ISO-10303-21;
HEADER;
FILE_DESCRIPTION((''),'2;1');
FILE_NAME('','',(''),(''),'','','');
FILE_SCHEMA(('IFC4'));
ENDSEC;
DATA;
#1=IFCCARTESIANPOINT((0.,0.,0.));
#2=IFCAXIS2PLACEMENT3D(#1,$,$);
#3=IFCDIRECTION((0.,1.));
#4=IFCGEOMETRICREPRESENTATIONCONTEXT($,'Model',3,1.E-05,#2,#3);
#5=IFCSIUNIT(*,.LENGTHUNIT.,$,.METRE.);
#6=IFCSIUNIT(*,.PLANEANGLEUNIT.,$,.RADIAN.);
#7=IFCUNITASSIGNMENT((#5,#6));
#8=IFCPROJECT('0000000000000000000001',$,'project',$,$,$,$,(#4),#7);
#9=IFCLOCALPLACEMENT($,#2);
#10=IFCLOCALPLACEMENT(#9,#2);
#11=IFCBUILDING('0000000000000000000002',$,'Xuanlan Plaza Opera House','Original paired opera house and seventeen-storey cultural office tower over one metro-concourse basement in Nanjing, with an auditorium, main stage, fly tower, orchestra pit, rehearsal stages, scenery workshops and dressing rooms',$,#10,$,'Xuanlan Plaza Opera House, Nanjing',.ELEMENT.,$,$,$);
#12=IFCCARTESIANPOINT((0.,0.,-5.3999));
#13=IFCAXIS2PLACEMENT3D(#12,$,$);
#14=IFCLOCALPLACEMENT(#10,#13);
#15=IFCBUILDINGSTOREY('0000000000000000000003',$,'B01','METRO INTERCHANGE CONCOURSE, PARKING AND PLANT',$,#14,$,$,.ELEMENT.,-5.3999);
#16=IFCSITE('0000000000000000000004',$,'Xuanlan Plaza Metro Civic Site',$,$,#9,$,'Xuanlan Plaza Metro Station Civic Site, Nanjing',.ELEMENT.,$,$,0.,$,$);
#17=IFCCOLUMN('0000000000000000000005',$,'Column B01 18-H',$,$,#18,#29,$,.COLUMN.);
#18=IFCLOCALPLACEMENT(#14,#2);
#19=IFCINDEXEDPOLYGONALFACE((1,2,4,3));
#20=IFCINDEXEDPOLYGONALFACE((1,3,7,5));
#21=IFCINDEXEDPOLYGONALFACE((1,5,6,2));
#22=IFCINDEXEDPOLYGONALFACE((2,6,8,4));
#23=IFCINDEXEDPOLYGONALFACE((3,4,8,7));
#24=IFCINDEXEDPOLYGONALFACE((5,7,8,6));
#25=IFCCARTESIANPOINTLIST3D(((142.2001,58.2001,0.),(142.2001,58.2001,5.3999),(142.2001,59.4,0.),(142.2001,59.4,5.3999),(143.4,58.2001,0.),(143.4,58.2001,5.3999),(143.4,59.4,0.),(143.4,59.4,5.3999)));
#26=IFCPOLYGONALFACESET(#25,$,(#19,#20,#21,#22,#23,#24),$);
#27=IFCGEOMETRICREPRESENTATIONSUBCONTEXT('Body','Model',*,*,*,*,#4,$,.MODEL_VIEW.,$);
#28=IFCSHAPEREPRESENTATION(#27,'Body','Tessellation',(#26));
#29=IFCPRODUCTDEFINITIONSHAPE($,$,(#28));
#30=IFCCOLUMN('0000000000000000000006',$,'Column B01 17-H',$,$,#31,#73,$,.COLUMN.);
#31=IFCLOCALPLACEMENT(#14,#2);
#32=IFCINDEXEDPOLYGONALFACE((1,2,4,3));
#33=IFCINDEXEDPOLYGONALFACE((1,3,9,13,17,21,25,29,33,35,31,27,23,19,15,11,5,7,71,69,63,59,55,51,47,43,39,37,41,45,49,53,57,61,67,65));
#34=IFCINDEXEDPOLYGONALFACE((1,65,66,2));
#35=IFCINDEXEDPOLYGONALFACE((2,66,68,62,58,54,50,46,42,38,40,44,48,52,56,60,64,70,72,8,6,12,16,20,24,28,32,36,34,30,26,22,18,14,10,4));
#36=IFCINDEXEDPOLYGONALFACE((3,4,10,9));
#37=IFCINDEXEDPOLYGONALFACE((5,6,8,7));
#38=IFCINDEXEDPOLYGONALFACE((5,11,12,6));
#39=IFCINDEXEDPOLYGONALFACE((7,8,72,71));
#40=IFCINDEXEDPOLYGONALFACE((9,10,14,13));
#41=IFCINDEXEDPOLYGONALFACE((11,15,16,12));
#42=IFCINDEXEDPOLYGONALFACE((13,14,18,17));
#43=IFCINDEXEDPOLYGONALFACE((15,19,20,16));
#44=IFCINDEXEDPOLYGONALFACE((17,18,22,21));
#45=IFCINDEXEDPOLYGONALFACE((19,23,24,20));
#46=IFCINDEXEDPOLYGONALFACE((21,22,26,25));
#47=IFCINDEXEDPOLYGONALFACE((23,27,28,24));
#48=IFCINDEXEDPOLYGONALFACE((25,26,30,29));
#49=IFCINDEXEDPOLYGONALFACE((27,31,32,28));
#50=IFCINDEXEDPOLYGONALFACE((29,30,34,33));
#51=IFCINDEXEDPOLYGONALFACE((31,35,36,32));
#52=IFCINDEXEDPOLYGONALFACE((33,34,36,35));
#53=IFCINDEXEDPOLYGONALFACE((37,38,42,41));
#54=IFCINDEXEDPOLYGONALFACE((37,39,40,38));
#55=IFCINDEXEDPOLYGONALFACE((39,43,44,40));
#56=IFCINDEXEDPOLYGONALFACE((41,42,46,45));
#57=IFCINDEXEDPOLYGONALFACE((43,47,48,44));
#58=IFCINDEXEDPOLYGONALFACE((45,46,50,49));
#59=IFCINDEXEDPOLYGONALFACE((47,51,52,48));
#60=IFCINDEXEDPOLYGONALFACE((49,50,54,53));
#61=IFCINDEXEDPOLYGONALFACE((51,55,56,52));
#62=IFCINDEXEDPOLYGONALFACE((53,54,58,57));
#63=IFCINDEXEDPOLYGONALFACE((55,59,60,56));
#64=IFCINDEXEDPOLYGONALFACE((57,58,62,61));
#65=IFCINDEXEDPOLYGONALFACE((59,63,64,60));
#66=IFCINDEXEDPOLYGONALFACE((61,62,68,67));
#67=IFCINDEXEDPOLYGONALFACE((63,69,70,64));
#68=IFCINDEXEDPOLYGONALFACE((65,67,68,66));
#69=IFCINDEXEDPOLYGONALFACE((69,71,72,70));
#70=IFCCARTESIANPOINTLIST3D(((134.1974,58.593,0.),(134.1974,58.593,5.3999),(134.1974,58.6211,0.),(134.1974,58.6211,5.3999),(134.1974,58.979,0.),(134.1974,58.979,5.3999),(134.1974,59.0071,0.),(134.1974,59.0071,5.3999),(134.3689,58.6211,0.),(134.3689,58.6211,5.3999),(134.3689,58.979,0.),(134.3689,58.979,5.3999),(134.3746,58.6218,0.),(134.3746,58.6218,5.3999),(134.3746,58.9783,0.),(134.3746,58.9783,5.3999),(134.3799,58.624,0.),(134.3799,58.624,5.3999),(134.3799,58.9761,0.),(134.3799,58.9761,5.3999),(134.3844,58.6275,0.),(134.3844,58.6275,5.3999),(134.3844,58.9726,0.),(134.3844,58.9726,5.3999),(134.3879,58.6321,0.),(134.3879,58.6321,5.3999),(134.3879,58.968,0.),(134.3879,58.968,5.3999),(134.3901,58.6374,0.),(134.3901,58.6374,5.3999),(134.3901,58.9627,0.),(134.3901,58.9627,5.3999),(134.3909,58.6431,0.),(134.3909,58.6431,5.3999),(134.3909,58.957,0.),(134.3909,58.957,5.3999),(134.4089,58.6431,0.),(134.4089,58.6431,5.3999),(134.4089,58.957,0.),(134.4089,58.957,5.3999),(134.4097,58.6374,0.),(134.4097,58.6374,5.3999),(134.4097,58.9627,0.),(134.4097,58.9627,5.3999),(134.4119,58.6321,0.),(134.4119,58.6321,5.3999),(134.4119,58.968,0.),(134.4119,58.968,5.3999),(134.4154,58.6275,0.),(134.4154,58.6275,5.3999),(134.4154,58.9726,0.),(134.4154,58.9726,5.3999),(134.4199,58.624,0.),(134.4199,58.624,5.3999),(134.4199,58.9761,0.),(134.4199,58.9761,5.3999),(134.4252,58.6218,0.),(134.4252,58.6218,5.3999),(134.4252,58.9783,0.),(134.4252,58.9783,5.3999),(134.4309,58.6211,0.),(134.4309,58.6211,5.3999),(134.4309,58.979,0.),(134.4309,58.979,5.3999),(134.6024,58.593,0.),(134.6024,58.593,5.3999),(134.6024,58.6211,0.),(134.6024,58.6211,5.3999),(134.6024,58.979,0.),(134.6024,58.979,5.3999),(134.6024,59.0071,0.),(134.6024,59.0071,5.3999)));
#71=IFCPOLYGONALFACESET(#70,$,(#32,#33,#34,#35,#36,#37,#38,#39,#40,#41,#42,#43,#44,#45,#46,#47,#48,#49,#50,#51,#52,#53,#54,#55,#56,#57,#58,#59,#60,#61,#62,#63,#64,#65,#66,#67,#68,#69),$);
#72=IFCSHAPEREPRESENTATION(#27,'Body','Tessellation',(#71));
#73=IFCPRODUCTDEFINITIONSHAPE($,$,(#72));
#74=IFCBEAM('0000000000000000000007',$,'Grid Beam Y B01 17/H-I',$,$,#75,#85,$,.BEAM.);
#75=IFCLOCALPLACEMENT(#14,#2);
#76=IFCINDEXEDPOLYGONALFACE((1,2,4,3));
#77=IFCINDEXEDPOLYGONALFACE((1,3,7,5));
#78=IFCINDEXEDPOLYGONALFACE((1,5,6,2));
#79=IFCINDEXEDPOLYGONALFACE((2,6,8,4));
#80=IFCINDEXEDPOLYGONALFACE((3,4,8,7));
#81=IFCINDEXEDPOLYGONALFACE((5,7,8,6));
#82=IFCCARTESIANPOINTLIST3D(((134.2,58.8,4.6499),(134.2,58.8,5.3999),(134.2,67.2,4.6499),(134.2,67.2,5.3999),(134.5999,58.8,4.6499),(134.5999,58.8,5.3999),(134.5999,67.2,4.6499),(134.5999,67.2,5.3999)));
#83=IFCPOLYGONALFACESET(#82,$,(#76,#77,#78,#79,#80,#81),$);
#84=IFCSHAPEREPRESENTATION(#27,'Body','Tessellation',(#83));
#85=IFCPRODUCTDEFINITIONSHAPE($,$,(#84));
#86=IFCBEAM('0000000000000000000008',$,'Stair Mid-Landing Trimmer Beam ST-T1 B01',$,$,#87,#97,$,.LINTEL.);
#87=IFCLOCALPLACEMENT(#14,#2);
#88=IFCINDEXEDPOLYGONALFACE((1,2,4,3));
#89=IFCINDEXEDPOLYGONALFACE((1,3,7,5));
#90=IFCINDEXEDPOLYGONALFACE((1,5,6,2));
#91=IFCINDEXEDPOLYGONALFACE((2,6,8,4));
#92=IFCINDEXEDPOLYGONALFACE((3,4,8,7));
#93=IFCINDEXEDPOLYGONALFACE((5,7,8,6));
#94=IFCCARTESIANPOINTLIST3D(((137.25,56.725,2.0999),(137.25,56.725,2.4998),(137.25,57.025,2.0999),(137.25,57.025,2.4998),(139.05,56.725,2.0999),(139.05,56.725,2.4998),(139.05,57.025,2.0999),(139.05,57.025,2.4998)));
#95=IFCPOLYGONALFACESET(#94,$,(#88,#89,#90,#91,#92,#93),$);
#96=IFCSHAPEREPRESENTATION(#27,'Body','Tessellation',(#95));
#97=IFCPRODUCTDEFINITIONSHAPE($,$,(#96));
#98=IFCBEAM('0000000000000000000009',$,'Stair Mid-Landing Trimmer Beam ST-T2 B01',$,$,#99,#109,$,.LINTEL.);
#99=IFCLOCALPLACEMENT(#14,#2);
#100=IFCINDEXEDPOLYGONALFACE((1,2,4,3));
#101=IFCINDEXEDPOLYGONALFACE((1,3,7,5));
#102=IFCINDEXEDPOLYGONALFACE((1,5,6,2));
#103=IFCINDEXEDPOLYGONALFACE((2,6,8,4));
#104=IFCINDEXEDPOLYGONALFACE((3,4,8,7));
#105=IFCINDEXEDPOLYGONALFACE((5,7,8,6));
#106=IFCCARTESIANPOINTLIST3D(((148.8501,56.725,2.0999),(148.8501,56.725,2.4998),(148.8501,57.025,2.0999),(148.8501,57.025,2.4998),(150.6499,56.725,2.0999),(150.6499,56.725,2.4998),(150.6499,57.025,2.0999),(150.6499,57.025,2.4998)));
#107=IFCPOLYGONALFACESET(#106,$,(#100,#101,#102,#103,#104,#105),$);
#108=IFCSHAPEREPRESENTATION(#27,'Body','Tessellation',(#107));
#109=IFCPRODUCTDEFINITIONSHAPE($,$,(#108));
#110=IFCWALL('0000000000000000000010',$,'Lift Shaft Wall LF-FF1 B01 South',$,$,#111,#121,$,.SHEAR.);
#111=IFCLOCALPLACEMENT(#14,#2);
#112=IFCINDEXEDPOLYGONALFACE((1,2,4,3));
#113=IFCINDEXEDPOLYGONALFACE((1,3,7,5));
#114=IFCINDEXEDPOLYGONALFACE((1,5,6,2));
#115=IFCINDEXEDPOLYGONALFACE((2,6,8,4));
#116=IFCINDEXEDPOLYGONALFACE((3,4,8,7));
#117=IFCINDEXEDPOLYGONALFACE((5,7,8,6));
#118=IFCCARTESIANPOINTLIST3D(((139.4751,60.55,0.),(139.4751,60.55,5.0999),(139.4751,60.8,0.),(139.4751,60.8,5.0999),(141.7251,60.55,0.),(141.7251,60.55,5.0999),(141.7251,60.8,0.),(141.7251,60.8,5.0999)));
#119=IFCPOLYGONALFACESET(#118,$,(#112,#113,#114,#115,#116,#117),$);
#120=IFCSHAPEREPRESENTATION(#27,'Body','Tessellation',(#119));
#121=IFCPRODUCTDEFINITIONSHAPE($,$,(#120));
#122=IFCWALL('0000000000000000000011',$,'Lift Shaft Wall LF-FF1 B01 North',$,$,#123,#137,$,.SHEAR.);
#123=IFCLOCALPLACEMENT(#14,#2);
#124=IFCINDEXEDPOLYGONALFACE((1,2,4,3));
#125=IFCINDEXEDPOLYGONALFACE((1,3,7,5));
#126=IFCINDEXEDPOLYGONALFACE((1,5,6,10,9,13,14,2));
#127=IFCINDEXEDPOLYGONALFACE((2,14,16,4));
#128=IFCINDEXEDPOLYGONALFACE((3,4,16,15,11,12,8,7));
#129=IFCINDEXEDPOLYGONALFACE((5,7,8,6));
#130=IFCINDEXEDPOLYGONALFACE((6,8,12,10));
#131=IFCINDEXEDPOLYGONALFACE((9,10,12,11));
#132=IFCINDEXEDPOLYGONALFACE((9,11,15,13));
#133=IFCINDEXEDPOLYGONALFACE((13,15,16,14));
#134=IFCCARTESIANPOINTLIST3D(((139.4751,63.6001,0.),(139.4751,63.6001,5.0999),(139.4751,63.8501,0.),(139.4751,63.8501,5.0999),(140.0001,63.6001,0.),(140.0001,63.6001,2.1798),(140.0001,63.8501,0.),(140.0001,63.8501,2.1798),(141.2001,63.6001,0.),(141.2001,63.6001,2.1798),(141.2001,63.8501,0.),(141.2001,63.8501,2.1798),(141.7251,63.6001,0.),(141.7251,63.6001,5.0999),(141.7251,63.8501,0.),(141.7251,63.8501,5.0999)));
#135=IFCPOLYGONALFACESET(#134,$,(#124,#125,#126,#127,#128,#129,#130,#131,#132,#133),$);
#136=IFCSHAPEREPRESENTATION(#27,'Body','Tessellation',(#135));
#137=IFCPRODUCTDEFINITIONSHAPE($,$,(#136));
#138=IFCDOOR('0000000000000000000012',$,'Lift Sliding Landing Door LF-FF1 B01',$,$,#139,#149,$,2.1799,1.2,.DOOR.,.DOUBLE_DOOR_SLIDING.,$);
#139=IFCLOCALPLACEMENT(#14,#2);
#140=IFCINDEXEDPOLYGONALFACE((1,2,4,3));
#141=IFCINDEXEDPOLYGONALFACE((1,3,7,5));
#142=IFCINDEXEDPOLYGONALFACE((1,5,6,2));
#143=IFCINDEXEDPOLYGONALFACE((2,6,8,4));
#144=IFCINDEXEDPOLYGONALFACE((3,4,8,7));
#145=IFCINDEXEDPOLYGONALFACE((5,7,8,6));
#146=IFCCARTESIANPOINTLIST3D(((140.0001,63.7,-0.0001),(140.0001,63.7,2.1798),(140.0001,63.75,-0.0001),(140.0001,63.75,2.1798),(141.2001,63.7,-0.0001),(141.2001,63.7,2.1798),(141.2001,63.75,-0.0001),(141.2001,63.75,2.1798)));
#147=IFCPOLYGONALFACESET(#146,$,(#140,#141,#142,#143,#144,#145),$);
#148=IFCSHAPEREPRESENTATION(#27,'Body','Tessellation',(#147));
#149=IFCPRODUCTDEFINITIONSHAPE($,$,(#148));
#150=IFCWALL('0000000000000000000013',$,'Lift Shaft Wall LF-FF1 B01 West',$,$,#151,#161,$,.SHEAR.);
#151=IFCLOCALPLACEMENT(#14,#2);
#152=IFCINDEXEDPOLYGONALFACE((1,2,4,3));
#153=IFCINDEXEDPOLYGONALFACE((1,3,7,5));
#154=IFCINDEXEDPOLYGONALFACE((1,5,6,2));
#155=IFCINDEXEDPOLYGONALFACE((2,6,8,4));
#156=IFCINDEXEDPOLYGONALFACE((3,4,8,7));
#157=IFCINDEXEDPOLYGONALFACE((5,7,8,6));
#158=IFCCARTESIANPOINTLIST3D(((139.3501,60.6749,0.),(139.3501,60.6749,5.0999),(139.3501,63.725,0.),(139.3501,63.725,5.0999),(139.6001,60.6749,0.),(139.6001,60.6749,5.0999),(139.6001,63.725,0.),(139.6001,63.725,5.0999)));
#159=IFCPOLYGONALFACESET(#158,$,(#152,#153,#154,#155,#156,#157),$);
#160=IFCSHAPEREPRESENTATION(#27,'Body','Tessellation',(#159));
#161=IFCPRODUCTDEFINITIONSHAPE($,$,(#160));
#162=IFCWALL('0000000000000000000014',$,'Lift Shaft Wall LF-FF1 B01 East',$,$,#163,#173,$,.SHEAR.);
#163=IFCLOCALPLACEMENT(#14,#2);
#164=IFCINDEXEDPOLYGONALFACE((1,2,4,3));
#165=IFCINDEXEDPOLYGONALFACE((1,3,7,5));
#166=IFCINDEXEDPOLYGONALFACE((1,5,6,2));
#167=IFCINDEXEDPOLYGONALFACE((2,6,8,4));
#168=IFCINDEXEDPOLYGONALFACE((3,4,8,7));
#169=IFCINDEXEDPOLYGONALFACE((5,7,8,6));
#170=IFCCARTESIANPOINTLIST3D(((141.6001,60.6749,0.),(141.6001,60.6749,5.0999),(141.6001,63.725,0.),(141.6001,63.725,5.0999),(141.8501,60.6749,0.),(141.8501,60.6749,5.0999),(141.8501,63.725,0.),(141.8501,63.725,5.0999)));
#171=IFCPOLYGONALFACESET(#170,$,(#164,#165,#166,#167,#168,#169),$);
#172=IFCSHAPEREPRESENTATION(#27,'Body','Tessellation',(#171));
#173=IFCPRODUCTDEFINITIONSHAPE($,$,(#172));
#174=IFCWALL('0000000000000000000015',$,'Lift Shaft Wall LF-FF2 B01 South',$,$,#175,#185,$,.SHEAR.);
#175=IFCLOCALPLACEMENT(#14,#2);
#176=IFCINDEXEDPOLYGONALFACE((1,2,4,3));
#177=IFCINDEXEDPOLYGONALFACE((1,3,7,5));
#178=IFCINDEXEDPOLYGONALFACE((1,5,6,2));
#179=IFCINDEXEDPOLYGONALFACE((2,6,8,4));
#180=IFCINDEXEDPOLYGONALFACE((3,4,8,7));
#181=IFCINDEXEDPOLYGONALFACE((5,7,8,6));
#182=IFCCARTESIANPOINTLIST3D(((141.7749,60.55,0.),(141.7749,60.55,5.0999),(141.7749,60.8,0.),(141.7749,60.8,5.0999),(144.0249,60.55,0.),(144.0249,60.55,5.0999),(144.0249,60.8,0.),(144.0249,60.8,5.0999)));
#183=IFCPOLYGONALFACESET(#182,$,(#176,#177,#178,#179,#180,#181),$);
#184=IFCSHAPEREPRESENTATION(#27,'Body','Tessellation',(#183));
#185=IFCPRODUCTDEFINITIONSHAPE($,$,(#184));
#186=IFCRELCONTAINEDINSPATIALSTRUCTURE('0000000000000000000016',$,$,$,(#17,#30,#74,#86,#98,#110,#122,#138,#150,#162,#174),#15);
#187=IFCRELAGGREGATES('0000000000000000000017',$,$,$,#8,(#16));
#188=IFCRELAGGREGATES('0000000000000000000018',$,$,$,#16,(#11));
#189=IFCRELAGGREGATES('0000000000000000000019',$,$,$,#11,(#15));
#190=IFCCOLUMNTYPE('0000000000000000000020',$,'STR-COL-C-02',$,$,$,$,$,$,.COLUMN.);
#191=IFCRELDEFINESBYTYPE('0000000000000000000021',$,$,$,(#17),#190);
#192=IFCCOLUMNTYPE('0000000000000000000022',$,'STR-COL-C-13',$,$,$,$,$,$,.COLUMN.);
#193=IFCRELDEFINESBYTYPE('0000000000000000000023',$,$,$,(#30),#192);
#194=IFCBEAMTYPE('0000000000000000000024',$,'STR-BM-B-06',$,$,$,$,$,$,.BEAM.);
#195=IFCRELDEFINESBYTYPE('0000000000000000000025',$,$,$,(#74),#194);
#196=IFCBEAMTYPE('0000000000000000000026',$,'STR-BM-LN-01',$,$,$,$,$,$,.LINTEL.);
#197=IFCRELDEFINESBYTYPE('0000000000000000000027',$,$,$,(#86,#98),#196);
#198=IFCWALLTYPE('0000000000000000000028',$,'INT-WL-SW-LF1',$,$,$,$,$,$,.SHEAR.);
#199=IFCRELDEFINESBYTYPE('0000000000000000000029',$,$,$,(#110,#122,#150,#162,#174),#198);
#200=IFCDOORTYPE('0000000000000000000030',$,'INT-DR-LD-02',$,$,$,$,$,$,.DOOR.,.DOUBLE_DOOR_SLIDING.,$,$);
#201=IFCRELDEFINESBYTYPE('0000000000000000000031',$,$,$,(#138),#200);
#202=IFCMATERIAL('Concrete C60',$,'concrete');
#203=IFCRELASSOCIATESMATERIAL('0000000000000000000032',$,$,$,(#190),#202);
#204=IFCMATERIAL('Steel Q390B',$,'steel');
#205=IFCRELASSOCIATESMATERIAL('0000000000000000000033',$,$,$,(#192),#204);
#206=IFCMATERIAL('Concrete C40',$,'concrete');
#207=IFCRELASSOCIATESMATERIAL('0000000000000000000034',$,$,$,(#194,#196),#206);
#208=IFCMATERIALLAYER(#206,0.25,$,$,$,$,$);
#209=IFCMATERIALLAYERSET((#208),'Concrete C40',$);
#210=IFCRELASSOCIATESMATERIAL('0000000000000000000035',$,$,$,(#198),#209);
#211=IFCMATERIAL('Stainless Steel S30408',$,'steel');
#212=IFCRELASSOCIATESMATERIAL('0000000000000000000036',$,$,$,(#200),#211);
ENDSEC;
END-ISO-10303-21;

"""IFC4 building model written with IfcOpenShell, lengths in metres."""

from ifc_helpers import new_model, si_unit, direction, frame, frame_2d, origin, origin_2d, place, context, subcontext, project, spatial, rectangle, i_section, extrude, material, layer, layer_set, material_profile, profile_set, type_object, element, fill, save


model = new_model("IFC4")

# Units and contexts
model_context = context("Model", 3, precision=1e-05, world=origin(), true_north=direction((0.0, 1.0)))
body_context = subcontext(model_context, "Body", "Model", "MODEL_VIEW")
ifc_project = project(units=[si_unit("LENGTHUNIT", "METRE"), si_unit("PLANEANGLEUNIT", "RADIAN")], contexts=[model_context])

# Site, building, storey
site_placement = place(None, origin())
site = spatial("IfcSite", under=ifc_project, at=site_placement, Name="Xuanlan Plaza Metro Civic Site", LongName="Xuanlan Plaza Metro Station Civic Site, Nanjing", CompositionType="ELEMENT", RefElevation=0.0)
building_placement = place(site_placement, origin())
building = spatial("IfcBuilding", under=site, at=building_placement, Name="Xuanlan Plaza Opera House", Description="Original paired opera house and seventeen-storey cultural office tower over one metro-concourse basement in Nanjing, with an auditorium, main stage, fly tower, orchestra pit, rehearsal stages, scenery workshops and dressing rooms", LongName="Xuanlan Plaza Opera House, Nanjing", CompositionType="ELEMENT")
storey_placement = place(building_placement, frame((0.0, 0.0, -5.3999)))
storey = spatial("IfcBuildingStorey", under=building, at=storey_placement, Name="B01", Description="METRO INTERCHANGE CONCOURSE, PARKING AND PLANT", CompositionType="ELEMENT", Elevation=-5.3999)

# Shared definitions
ifc_material_1 = material(Name="Concrete C40", Category="concrete")

# Columns
ifc_material_2 = material(Name="Concrete C60", Category="concrete")
ifc_material_profile_1 = material_profile(ifc_material_2, rectangle(XDim=1.2, YDim=1.2, at=origin_2d()), Name="RC-COL 1200x1200")
ifc_profile_set_1 = profile_set([ifc_material_profile_1], Name="Concrete C60")
column_type_1 = type_object("IfcColumnType", Name="STR-COL-C-02", PredefinedType="COLUMN", material=ifc_profile_set_1)
column_1_placement = place(storey_placement, frame((142.8, 58.8, 0.0), z_axis=(0.0, 0.0, 1.0), x_axis=(1.0, 0.0, 0.0)))
element("IfcColumn", 1, at=column_1_placement, inside=storey, type_object=column_type_1, Name="Column B01 18-H", PredefinedType="COLUMN", context=body_context, shape_type="SweptSolid", body=[
    extrude(rectangle(XDim=1.2, YDim=1.2, at=origin_2d()), origin(), (0.0, 0.0, 1.0), 5.3999),
])
ifc_material_3 = material(Name="Steel Q390B", Category="steel")
ifc_material_profile_2 = material_profile(ifc_material_3, i_section(OverallWidth=0.405, OverallDepth=0.4141, WebThickness=0.0181, FlangeThickness=0.0281, FilletRadius=0.022, at=origin_2d()), Name="HW 414x405x18x28")
ifc_profile_set_2 = profile_set([ifc_material_profile_2], Name="Steel Q390B")
column_type_2 = type_object("IfcColumnType", Name="STR-COL-C-13", PredefinedType="COLUMN", material=ifc_profile_set_2)
column_2_placement = place(storey_placement, frame((134.3999, 58.8, 0.0), z_axis=(0.0, 0.0, 1.0), x_axis=(1.0, 0.0, 0.0)))
element("IfcColumn", 2, at=column_2_placement, inside=storey, type_object=column_type_2, Name="Column B01 17-H", PredefinedType="COLUMN", context=body_context, shape_type="SweptSolid", body=[
    extrude(i_section(OverallWidth=0.405, OverallDepth=0.4141, WebThickness=0.0181, FlangeThickness=0.0281, FilletRadius=0.022, at=origin_2d()), origin(), (0.0, 0.0, 1.0), 5.3999),
])

# Beams
ifc_material_profile_3 = material_profile(ifc_material_1, rectangle(XDim=0.3999, YDim=0.75, at=origin_2d()), Name="RC-BM 400x750")
ifc_profile_set_3 = profile_set([ifc_material_profile_3], Name="Concrete C40")
beam_type_1 = type_object("IfcBeamType", Name="STR-BM-B-06", PredefinedType="BEAM", material=ifc_profile_set_3)
beam_1_placement = place(storey_placement, frame((134.3999, 58.8, 5.0249), z_axis=(0.0, 1.0, 0.0), x_axis=(-1.0, 0.0, 0.0)))
element("IfcBeam", 3, at=beam_1_placement, inside=storey, type_object=beam_type_1, Name="Grid Beam Y B01 17/H-I", PredefinedType="BEAM", context=body_context, shape_type="SweptSolid", body=[
    extrude(rectangle(XDim=0.3999, YDim=0.75, at=origin_2d()), origin(), (0.0, 0.0, 1.0), 8.3999),
])
ifc_material_profile_4 = material_profile(ifc_material_1, rectangle(XDim=0.3, YDim=0.3999, at=origin_2d()), Name="RC-LNT 300x400")
ifc_profile_set_4 = profile_set([ifc_material_profile_4], Name="Concrete C40")
beam_type_2 = type_object("IfcBeamType", Name="STR-BM-LN-01", PredefinedType="LINTEL", material=ifc_profile_set_4)
beam_2_placement = place(storey_placement, frame((137.25, 56.875, 2.2998), z_axis=(1.0, 0.0, 0.0), x_axis=(0.0, 1.0, 0.0)))
element("IfcBeam", 4, at=beam_2_placement, inside=storey, type_object=beam_type_2, Name="Stair Mid-Landing Trimmer Beam ST-T1 B01", PredefinedType="LINTEL", context=body_context, shape_type="SweptSolid", body=[
    extrude(rectangle(XDim=0.3, YDim=0.3999, at=origin_2d()), origin(), (0.0, 0.0, 1.0), 1.8),
])
beam_3_placement = place(storey_placement, frame((148.8501, 56.875, 2.2998), z_axis=(1.0, 0.0, 0.0), x_axis=(0.0, 1.0, 0.0)))
element("IfcBeam", 5, at=beam_3_placement, inside=storey, type_object=beam_type_2, Name="Stair Mid-Landing Trimmer Beam ST-T2 B01", PredefinedType="LINTEL", context=body_context, shape_type="SweptSolid", body=[
    extrude(rectangle(XDim=0.3, YDim=0.3999, at=origin_2d()), origin(), (0.0, 0.0, 1.0), 1.7998),
])

# Wall
ifc_layer_1 = layer(ifc_material_1, 0.25)
ifc_layer_set_1 = layer_set([ifc_layer_1], Name="Concrete C40")
wall_type_1 = type_object("IfcWallType", Name="INT-WL-SW-LF1", PredefinedType="SHEAR", material=ifc_layer_set_1)
wall_1_placement = place(storey_placement, frame((139.4751, 60.675, 0.0), z_axis=(0.0, 0.0, 1.0), x_axis=(1.0, 0.0, 0.0)))
element("IfcWall", 6, at=wall_1_placement, inside=storey, type_object=wall_type_1, Name="Lift Shaft Wall LF-FF1 B01 South", PredefinedType="SHEAR", context=body_context, shape_type="SweptSolid", body=[
    extrude(rectangle(XDim=2.25, YDim=0.25, at=frame_2d((1.125, 0.0))), origin(), (0.0, 0.0, 1.0), 5.0999),
])

# Wall, opening, door
wall_2_placement = place(storey_placement, frame((139.4751, 63.7251, 0.0), z_axis=(0.0, 0.0, 1.0), x_axis=(1.0, 0.0, 0.0)))
wall_2 = element("IfcWall", 7, at=wall_2_placement, inside=storey, type_object=wall_type_1, Name="Lift Shaft Wall LF-FF1 B01 North", PredefinedType="SHEAR", context=body_context, shape_type="SweptSolid", body=[
    extrude(rectangle(XDim=2.25, YDim=0.25, at=frame_2d((1.125, 0.0))), origin(), (0.0, 0.0, 1.0), 5.0999),
])
opening_1_placement = place(wall_2_placement, frame((0.5249, 0.0, 0.0)))
opening_1 = element("IfcOpeningElement", 8, at=opening_1_placement, cuts=wall_2, PredefinedType="OPENING", context=body_context, shape_type="SweptSolid", body=[
    extrude(rectangle(XDim=1.2, YDim=2.1799, at=frame_2d((0.6001, 1.0898))), frame((0.0, 0.135, 0.0), z_axis=(0.0, -1.0, 0.0), x_axis=(1.0, 0.0, 0.0)), (0.0, 0.0, 1.0), 0.27),
])
ifc_material_4 = material(Name="Stainless Steel S30408", Category="steel")
door_type = type_object("IfcDoorType", Name="INT-DR-LD-02", OperationType="DOUBLE_DOOR_SLIDING", PredefinedType="DOOR", material=ifc_material_4)
door_1_placement = place(opening_1_placement, origin())
door_1 = element("IfcDoor", 9, at=door_1_placement, inside=storey, type_object=door_type, Name="Lift Sliding Landing Door LF-FF1 B01", OperationType="DOUBLE_DOOR_SLIDING", OverallHeight=2.1799, OverallWidth=1.2, PredefinedType="DOOR", context=body_context, shape_type="SweptSolid", body=[
    extrude(rectangle(XDim=1.2, YDim=2.1799, at=frame_2d((0.6001, 1.0898))), frame((0.0, 0.0249, 0.0), z_axis=(0.0, -1.0, 0.0), x_axis=(1.0, 0.0, 0.0)), (0.0, 0.0, 1.0), 0.05),
])
fill(opening_1, door_1)

# Walls
for number, where, z_axis, x_axis, name in (
    (10, (139.4751, 60.675, 0.0), (0.0, 0.0, 1.0), (0.0, 1.0, 0.0), "Lift Shaft Wall LF-FF1 B01 West"),
    (11, (141.7251, 60.675, 0.0), (0.0, 0.0, 1.0), (0.0, 1.0, 0.0), "Lift Shaft Wall LF-FF1 B01 East"),
):
    element("IfcWall", number, at=place(storey_placement, frame(where, z_axis=z_axis, x_axis=x_axis)), inside=storey, type_object=wall_type_1, Name=name, PredefinedType="SHEAR", context=body_context, shape_type="SweptSolid", body=[
        extrude(rectangle(XDim=3.05, YDim=0.25, at=frame_2d((1.5249, 0.0))), origin(), (0.0, 0.0, 1.0), 5.0999),
    ])
wall_3_placement = place(storey_placement, frame((141.7749, 60.675, 0.0), z_axis=(0.0, 0.0, 1.0), x_axis=(1.0, 0.0, 0.0)))
element("IfcWall", 12, at=wall_3_placement, inside=storey, type_object=wall_type_1, Name="Lift Shaft Wall LF-FF2 B01 South", PredefinedType="SHEAR", context=body_context, shape_type="SweptSolid", body=[
    extrude(rectangle(XDim=2.25, YDim=0.25, at=frame_2d((1.125, 0.0))), origin(), (0.0, 0.0, 1.0), 5.0999),
])

save(model, "model.ifc")
